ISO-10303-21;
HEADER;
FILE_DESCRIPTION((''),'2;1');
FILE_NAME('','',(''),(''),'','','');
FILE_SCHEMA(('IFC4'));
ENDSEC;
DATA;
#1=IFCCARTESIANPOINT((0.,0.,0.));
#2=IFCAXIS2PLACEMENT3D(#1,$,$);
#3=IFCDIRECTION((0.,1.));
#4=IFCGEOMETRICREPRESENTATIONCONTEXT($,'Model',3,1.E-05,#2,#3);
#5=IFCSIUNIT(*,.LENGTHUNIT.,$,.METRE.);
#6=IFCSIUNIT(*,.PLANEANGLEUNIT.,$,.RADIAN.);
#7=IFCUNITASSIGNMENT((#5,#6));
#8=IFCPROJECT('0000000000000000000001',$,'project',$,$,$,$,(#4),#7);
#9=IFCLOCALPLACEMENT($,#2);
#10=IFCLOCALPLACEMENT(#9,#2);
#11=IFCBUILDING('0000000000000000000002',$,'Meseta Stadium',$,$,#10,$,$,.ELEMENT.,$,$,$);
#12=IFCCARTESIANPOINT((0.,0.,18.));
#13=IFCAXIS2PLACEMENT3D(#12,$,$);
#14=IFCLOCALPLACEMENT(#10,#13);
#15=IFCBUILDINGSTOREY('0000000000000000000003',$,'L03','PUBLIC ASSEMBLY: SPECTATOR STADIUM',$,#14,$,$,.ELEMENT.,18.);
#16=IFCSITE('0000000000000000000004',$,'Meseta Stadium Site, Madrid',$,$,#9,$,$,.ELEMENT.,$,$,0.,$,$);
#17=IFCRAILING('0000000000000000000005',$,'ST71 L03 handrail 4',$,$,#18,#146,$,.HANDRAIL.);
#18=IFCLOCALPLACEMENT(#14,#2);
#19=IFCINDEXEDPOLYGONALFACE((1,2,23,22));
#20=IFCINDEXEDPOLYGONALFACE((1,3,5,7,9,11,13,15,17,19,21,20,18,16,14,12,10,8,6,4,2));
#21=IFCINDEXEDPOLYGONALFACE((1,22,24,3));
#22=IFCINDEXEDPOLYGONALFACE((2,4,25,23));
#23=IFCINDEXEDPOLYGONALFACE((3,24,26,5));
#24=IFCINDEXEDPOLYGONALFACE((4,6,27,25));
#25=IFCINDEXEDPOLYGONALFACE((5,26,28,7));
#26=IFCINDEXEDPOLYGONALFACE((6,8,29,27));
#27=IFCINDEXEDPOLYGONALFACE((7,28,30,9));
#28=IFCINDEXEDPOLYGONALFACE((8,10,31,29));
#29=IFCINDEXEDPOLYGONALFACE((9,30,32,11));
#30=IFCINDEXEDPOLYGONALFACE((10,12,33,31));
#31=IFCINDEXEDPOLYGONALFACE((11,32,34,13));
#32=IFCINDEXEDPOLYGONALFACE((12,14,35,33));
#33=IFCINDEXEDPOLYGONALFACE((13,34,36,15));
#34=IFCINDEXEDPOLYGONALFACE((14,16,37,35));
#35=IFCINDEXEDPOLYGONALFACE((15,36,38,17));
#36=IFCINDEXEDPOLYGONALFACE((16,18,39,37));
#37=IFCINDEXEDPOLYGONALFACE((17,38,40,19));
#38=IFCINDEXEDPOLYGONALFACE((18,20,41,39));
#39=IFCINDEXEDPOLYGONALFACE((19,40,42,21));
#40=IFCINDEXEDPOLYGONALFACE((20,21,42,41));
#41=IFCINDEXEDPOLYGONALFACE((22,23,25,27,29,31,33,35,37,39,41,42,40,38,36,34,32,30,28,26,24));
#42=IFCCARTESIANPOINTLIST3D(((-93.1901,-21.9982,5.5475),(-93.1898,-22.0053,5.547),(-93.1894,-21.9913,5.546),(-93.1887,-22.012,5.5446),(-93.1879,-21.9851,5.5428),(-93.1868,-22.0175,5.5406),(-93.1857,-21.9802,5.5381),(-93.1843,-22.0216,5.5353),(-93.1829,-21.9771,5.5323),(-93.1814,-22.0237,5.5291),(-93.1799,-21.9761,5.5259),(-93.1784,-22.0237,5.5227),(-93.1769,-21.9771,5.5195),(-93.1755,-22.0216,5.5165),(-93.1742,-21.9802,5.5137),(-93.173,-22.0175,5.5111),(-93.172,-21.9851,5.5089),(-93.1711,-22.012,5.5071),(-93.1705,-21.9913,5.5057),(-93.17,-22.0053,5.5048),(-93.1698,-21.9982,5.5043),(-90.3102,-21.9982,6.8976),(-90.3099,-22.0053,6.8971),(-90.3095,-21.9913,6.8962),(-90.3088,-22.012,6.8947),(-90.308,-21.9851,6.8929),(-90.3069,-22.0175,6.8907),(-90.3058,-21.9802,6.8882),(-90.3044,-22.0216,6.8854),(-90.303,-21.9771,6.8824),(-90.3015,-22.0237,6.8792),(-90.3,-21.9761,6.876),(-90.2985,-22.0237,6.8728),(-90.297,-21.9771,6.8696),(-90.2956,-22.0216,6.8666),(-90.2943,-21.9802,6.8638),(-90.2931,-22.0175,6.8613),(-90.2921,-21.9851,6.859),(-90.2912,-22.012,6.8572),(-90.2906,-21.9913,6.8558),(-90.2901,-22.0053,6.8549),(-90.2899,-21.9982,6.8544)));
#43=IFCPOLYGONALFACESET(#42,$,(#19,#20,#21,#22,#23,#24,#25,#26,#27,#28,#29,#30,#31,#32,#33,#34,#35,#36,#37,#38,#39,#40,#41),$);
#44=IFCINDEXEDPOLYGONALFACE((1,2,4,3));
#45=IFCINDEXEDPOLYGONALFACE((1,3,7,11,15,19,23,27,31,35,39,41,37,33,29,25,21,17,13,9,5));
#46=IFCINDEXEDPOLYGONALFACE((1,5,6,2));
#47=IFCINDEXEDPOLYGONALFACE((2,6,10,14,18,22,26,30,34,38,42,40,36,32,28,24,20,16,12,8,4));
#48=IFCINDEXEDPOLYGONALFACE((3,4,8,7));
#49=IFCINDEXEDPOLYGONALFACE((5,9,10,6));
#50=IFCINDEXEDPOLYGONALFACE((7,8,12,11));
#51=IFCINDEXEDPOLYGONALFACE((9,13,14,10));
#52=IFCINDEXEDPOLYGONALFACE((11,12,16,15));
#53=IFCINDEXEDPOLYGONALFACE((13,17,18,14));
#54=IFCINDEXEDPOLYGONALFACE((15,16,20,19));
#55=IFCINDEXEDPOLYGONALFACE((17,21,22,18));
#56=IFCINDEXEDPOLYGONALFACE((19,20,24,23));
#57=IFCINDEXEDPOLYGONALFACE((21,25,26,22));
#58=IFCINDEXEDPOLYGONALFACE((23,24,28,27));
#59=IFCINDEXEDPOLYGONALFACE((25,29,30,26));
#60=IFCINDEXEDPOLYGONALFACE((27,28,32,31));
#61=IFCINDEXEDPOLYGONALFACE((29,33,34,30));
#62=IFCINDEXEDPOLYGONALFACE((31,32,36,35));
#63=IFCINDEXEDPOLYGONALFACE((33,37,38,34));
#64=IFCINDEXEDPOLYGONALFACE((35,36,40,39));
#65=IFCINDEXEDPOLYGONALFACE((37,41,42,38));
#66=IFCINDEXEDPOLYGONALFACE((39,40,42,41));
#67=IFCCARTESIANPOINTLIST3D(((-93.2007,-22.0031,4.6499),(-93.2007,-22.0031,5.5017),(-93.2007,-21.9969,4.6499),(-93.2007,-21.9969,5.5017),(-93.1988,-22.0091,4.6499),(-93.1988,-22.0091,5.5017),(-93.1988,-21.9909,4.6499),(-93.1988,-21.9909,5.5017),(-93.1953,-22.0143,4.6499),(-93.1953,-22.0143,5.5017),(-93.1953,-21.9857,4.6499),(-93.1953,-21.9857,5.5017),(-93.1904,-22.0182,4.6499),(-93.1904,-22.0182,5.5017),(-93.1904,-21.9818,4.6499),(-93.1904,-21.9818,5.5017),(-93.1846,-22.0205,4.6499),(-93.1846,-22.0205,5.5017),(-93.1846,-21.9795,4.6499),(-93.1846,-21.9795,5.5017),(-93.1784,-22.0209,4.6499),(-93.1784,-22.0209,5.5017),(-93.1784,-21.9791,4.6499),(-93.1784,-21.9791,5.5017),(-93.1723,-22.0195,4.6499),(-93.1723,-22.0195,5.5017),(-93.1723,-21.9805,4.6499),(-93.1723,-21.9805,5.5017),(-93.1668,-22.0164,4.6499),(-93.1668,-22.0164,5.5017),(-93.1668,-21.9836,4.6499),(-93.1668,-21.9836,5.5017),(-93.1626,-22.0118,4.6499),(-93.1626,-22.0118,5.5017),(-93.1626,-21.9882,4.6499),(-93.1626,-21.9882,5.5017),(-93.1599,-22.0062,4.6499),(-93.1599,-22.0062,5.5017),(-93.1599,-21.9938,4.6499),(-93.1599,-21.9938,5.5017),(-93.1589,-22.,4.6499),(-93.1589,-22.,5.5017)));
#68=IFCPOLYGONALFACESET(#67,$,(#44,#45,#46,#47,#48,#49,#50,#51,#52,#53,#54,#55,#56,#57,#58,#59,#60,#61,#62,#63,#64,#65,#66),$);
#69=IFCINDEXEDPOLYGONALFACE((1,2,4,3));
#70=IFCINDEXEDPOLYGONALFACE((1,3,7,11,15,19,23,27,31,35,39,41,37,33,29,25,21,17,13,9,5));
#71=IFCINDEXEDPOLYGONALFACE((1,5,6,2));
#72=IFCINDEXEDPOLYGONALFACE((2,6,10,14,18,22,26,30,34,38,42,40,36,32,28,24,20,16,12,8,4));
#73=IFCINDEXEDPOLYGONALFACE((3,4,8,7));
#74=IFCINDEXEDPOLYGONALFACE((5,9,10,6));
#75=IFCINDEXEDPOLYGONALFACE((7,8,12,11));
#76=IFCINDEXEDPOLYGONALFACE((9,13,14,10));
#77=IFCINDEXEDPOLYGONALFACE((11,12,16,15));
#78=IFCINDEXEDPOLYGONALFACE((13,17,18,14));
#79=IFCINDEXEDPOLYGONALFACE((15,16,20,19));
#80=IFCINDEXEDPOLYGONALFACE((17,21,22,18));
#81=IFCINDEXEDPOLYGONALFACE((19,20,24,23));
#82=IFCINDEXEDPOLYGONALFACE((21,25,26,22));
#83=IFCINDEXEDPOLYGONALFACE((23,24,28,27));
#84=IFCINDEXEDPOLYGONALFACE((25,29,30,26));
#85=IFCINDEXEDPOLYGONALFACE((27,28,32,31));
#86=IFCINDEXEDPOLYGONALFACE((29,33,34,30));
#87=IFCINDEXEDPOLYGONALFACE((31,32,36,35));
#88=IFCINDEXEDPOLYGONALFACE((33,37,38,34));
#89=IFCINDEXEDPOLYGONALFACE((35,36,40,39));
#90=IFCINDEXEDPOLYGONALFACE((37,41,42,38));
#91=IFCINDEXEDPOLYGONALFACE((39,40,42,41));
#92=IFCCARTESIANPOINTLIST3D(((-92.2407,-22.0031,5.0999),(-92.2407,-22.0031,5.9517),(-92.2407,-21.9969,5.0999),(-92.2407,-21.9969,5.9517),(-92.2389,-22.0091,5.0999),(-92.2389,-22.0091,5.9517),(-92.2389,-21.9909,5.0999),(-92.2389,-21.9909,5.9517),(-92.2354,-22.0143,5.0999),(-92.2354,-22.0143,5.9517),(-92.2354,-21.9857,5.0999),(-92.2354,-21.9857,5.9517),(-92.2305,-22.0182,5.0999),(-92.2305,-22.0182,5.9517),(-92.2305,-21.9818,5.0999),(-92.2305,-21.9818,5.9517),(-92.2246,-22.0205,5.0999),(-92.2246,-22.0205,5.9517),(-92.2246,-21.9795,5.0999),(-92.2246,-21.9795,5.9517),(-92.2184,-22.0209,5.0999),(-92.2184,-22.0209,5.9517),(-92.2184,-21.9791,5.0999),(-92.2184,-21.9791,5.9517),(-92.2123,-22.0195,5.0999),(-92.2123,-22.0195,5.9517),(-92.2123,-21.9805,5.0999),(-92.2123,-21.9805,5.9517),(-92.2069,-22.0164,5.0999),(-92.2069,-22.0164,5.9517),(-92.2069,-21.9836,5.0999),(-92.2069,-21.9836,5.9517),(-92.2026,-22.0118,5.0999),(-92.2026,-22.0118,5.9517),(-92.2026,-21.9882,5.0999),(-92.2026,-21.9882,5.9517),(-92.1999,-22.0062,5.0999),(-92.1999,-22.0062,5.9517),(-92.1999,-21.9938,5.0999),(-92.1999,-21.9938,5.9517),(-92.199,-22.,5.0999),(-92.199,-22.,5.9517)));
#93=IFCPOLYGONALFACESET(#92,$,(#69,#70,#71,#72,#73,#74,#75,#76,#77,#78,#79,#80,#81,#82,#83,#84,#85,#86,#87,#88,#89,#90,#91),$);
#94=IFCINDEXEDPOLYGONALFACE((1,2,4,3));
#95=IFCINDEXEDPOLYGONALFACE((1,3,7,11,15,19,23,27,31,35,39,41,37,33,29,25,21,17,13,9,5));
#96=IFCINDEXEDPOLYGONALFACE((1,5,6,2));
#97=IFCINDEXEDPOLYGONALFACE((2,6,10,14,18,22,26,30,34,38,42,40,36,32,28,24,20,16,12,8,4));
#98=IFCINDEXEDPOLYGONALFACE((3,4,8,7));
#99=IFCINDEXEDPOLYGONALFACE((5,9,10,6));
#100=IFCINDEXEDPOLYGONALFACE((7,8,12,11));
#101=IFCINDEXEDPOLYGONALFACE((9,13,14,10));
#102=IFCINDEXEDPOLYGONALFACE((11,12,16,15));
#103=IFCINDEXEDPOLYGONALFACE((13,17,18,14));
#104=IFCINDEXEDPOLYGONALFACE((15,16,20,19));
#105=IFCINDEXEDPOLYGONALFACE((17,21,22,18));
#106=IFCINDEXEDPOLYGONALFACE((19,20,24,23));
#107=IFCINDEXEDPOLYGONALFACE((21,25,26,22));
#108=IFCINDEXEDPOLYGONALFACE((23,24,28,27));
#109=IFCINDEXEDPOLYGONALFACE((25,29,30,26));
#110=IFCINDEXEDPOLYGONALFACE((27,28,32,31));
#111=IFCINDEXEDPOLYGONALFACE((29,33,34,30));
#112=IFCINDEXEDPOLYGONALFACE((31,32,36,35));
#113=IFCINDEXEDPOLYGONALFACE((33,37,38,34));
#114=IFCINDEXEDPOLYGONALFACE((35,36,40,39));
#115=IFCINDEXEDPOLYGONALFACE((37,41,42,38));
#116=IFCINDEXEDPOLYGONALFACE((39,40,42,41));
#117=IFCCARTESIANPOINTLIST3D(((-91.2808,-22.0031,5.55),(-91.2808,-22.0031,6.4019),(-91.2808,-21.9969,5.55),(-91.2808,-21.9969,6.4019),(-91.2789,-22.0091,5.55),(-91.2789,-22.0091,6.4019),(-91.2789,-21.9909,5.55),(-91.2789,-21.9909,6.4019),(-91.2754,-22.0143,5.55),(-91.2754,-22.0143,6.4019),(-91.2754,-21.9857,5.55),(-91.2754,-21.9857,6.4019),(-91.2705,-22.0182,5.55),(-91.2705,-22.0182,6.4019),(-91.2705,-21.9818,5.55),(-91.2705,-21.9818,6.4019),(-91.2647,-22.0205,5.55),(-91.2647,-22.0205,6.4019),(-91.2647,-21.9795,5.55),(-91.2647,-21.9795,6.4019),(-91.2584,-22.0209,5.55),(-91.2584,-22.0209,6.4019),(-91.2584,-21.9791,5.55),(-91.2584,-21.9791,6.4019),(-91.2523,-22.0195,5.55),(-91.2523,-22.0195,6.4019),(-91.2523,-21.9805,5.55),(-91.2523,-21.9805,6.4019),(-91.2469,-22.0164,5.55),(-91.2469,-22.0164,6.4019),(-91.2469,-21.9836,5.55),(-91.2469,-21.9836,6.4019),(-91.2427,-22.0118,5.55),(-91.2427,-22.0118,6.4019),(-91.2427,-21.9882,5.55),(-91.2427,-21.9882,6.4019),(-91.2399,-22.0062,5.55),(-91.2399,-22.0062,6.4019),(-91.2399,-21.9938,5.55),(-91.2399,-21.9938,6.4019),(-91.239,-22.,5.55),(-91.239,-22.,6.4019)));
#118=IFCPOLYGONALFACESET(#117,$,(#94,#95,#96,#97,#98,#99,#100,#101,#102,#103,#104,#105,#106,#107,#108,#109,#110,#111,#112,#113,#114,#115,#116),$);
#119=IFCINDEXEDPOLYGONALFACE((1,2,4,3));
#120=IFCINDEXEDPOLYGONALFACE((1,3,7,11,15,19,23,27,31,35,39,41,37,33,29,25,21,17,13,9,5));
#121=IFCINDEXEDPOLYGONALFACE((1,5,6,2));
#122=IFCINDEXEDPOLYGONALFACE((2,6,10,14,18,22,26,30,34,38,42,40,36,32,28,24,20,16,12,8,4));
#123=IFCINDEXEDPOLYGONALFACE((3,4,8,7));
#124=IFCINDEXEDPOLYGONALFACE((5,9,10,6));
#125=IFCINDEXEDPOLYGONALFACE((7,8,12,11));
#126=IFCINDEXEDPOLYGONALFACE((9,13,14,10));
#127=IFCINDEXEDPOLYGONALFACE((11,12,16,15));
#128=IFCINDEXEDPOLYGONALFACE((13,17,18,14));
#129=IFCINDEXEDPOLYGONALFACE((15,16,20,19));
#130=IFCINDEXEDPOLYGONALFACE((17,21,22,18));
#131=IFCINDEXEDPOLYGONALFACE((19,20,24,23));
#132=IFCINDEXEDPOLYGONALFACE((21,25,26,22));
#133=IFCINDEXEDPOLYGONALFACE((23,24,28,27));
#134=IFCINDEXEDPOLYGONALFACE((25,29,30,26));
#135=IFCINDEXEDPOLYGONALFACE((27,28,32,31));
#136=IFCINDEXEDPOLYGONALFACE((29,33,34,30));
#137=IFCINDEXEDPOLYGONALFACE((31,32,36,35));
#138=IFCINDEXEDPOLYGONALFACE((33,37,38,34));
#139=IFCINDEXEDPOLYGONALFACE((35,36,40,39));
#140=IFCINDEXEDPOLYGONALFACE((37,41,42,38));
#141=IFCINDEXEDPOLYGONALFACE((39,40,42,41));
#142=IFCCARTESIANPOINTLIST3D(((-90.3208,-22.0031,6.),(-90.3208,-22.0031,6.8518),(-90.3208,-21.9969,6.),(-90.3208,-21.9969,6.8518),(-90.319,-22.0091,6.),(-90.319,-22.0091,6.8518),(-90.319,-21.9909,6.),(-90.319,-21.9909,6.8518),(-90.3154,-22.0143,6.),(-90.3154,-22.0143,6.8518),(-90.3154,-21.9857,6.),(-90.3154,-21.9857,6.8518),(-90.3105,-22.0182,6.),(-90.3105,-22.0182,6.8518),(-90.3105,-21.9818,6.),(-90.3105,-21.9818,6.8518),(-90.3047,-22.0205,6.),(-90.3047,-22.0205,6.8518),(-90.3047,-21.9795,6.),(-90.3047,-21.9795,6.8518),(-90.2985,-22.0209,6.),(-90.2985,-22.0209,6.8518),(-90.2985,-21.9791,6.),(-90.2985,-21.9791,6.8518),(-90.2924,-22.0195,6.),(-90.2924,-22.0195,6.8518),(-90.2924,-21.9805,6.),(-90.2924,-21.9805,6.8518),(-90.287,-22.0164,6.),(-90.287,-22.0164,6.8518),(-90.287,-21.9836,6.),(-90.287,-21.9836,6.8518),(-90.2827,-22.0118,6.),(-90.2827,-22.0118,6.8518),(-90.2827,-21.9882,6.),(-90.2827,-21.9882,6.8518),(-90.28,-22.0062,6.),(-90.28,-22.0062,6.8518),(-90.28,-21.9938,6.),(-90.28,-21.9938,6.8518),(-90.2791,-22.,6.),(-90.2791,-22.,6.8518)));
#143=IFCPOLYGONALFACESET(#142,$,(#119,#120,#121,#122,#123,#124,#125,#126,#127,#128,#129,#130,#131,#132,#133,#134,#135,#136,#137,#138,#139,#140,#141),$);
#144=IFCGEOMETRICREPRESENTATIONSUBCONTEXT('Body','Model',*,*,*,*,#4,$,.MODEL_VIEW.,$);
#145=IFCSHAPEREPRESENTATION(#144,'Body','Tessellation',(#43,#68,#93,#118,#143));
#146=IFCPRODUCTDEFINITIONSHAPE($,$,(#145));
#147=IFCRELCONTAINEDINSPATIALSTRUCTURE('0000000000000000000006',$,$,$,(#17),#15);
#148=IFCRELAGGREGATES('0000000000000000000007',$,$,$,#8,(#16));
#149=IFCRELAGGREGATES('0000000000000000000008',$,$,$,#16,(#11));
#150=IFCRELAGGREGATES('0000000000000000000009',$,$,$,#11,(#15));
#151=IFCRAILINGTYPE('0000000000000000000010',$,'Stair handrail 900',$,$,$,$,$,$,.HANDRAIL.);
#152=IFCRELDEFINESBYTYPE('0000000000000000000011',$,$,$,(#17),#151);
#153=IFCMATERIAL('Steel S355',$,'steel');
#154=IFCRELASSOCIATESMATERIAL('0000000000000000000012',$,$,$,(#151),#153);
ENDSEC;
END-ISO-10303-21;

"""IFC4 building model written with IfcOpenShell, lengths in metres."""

from ifc_helpers import new_model, si_unit, direction, frame, origin, origin_2d, place, context, subcontext, project, spatial, circle, extrude, material, type_object, element, save


model = new_model("IFC4")

# Units and contexts
model_context = context("Model", 3, precision=1e-05, world=origin(), true_north=direction((0.0, 1.0)))
body_context = subcontext(model_context, "Body", "Model", "MODEL_VIEW")
ifc_project = project(units=[si_unit("LENGTHUNIT", "METRE"), si_unit("PLANEANGLEUNIT", "RADIAN")], contexts=[model_context])

# Site, building, storey
site_placement = place(None, origin())
site = spatial("IfcSite", under=ifc_project, at=site_placement, Name="Meseta Stadium Site, Madrid", CompositionType="ELEMENT", RefElevation=0.0)
building_placement = place(site_placement, origin())
building = spatial("IfcBuilding", under=site, at=building_placement, Name="Meseta Stadium", CompositionType="ELEMENT")
storey_placement = place(building_placement, frame((0.0, 0.0, 18.0)))
storey = spatial("IfcBuildingStorey", under=building, at=storey_placement, Name="L03", Description="PUBLIC ASSEMBLY: SPECTATOR STADIUM", CompositionType="ELEMENT", Elevation=18.0)

# Railing
ifc_material_1 = material(Name="Steel S355", Category="steel")
railing_type_1 = type_object("IfcRailingType", Name="Stair handrail 900", PredefinedType="HANDRAIL", material=ifc_material_1)
for number, where, name in (
    (1, (-93.1799, -22.0, 4.6499), "ST71 L03 handrail 4"),
):
    element("IfcRailing", number, at=place(storey_placement, frame(where)), inside=storey, type_object=railing_type_1, Name=name, PredefinedType="HANDRAIL", context=body_context, shape_type="SweptSolid", body=[
        extrude(circle(Radius=0.0239, at=origin_2d()), frame((0.0, 0.0, 0.876), z_axis=(0.90544, 0.0, 0.424473), x_axis=(0.0, 1.0, 0.0)), (0.0, 0.0, 1.0), 3.1807),
        extrude(circle(Radius=0.021, at=origin_2d()), origin(), (0.0, 0.0, 1.0), 0.8518),
        extrude(circle(Radius=0.021, at=origin_2d()), frame((0.96, 0.0, 0.45)), (0.0, 0.0, 1.0), 0.8518),
        extrude(circle(Radius=0.021, at=origin_2d()), frame((1.9199, 0.0, 0.9001)), (0.0, 0.0, 1.0), 0.8518),
        extrude(circle(Radius=0.021, at=origin_2d()), frame((2.8799, 0.0, 1.3501)), (0.0, 0.0, 1.0), 0.8518),
    ])

save(model, "model.ifc")
